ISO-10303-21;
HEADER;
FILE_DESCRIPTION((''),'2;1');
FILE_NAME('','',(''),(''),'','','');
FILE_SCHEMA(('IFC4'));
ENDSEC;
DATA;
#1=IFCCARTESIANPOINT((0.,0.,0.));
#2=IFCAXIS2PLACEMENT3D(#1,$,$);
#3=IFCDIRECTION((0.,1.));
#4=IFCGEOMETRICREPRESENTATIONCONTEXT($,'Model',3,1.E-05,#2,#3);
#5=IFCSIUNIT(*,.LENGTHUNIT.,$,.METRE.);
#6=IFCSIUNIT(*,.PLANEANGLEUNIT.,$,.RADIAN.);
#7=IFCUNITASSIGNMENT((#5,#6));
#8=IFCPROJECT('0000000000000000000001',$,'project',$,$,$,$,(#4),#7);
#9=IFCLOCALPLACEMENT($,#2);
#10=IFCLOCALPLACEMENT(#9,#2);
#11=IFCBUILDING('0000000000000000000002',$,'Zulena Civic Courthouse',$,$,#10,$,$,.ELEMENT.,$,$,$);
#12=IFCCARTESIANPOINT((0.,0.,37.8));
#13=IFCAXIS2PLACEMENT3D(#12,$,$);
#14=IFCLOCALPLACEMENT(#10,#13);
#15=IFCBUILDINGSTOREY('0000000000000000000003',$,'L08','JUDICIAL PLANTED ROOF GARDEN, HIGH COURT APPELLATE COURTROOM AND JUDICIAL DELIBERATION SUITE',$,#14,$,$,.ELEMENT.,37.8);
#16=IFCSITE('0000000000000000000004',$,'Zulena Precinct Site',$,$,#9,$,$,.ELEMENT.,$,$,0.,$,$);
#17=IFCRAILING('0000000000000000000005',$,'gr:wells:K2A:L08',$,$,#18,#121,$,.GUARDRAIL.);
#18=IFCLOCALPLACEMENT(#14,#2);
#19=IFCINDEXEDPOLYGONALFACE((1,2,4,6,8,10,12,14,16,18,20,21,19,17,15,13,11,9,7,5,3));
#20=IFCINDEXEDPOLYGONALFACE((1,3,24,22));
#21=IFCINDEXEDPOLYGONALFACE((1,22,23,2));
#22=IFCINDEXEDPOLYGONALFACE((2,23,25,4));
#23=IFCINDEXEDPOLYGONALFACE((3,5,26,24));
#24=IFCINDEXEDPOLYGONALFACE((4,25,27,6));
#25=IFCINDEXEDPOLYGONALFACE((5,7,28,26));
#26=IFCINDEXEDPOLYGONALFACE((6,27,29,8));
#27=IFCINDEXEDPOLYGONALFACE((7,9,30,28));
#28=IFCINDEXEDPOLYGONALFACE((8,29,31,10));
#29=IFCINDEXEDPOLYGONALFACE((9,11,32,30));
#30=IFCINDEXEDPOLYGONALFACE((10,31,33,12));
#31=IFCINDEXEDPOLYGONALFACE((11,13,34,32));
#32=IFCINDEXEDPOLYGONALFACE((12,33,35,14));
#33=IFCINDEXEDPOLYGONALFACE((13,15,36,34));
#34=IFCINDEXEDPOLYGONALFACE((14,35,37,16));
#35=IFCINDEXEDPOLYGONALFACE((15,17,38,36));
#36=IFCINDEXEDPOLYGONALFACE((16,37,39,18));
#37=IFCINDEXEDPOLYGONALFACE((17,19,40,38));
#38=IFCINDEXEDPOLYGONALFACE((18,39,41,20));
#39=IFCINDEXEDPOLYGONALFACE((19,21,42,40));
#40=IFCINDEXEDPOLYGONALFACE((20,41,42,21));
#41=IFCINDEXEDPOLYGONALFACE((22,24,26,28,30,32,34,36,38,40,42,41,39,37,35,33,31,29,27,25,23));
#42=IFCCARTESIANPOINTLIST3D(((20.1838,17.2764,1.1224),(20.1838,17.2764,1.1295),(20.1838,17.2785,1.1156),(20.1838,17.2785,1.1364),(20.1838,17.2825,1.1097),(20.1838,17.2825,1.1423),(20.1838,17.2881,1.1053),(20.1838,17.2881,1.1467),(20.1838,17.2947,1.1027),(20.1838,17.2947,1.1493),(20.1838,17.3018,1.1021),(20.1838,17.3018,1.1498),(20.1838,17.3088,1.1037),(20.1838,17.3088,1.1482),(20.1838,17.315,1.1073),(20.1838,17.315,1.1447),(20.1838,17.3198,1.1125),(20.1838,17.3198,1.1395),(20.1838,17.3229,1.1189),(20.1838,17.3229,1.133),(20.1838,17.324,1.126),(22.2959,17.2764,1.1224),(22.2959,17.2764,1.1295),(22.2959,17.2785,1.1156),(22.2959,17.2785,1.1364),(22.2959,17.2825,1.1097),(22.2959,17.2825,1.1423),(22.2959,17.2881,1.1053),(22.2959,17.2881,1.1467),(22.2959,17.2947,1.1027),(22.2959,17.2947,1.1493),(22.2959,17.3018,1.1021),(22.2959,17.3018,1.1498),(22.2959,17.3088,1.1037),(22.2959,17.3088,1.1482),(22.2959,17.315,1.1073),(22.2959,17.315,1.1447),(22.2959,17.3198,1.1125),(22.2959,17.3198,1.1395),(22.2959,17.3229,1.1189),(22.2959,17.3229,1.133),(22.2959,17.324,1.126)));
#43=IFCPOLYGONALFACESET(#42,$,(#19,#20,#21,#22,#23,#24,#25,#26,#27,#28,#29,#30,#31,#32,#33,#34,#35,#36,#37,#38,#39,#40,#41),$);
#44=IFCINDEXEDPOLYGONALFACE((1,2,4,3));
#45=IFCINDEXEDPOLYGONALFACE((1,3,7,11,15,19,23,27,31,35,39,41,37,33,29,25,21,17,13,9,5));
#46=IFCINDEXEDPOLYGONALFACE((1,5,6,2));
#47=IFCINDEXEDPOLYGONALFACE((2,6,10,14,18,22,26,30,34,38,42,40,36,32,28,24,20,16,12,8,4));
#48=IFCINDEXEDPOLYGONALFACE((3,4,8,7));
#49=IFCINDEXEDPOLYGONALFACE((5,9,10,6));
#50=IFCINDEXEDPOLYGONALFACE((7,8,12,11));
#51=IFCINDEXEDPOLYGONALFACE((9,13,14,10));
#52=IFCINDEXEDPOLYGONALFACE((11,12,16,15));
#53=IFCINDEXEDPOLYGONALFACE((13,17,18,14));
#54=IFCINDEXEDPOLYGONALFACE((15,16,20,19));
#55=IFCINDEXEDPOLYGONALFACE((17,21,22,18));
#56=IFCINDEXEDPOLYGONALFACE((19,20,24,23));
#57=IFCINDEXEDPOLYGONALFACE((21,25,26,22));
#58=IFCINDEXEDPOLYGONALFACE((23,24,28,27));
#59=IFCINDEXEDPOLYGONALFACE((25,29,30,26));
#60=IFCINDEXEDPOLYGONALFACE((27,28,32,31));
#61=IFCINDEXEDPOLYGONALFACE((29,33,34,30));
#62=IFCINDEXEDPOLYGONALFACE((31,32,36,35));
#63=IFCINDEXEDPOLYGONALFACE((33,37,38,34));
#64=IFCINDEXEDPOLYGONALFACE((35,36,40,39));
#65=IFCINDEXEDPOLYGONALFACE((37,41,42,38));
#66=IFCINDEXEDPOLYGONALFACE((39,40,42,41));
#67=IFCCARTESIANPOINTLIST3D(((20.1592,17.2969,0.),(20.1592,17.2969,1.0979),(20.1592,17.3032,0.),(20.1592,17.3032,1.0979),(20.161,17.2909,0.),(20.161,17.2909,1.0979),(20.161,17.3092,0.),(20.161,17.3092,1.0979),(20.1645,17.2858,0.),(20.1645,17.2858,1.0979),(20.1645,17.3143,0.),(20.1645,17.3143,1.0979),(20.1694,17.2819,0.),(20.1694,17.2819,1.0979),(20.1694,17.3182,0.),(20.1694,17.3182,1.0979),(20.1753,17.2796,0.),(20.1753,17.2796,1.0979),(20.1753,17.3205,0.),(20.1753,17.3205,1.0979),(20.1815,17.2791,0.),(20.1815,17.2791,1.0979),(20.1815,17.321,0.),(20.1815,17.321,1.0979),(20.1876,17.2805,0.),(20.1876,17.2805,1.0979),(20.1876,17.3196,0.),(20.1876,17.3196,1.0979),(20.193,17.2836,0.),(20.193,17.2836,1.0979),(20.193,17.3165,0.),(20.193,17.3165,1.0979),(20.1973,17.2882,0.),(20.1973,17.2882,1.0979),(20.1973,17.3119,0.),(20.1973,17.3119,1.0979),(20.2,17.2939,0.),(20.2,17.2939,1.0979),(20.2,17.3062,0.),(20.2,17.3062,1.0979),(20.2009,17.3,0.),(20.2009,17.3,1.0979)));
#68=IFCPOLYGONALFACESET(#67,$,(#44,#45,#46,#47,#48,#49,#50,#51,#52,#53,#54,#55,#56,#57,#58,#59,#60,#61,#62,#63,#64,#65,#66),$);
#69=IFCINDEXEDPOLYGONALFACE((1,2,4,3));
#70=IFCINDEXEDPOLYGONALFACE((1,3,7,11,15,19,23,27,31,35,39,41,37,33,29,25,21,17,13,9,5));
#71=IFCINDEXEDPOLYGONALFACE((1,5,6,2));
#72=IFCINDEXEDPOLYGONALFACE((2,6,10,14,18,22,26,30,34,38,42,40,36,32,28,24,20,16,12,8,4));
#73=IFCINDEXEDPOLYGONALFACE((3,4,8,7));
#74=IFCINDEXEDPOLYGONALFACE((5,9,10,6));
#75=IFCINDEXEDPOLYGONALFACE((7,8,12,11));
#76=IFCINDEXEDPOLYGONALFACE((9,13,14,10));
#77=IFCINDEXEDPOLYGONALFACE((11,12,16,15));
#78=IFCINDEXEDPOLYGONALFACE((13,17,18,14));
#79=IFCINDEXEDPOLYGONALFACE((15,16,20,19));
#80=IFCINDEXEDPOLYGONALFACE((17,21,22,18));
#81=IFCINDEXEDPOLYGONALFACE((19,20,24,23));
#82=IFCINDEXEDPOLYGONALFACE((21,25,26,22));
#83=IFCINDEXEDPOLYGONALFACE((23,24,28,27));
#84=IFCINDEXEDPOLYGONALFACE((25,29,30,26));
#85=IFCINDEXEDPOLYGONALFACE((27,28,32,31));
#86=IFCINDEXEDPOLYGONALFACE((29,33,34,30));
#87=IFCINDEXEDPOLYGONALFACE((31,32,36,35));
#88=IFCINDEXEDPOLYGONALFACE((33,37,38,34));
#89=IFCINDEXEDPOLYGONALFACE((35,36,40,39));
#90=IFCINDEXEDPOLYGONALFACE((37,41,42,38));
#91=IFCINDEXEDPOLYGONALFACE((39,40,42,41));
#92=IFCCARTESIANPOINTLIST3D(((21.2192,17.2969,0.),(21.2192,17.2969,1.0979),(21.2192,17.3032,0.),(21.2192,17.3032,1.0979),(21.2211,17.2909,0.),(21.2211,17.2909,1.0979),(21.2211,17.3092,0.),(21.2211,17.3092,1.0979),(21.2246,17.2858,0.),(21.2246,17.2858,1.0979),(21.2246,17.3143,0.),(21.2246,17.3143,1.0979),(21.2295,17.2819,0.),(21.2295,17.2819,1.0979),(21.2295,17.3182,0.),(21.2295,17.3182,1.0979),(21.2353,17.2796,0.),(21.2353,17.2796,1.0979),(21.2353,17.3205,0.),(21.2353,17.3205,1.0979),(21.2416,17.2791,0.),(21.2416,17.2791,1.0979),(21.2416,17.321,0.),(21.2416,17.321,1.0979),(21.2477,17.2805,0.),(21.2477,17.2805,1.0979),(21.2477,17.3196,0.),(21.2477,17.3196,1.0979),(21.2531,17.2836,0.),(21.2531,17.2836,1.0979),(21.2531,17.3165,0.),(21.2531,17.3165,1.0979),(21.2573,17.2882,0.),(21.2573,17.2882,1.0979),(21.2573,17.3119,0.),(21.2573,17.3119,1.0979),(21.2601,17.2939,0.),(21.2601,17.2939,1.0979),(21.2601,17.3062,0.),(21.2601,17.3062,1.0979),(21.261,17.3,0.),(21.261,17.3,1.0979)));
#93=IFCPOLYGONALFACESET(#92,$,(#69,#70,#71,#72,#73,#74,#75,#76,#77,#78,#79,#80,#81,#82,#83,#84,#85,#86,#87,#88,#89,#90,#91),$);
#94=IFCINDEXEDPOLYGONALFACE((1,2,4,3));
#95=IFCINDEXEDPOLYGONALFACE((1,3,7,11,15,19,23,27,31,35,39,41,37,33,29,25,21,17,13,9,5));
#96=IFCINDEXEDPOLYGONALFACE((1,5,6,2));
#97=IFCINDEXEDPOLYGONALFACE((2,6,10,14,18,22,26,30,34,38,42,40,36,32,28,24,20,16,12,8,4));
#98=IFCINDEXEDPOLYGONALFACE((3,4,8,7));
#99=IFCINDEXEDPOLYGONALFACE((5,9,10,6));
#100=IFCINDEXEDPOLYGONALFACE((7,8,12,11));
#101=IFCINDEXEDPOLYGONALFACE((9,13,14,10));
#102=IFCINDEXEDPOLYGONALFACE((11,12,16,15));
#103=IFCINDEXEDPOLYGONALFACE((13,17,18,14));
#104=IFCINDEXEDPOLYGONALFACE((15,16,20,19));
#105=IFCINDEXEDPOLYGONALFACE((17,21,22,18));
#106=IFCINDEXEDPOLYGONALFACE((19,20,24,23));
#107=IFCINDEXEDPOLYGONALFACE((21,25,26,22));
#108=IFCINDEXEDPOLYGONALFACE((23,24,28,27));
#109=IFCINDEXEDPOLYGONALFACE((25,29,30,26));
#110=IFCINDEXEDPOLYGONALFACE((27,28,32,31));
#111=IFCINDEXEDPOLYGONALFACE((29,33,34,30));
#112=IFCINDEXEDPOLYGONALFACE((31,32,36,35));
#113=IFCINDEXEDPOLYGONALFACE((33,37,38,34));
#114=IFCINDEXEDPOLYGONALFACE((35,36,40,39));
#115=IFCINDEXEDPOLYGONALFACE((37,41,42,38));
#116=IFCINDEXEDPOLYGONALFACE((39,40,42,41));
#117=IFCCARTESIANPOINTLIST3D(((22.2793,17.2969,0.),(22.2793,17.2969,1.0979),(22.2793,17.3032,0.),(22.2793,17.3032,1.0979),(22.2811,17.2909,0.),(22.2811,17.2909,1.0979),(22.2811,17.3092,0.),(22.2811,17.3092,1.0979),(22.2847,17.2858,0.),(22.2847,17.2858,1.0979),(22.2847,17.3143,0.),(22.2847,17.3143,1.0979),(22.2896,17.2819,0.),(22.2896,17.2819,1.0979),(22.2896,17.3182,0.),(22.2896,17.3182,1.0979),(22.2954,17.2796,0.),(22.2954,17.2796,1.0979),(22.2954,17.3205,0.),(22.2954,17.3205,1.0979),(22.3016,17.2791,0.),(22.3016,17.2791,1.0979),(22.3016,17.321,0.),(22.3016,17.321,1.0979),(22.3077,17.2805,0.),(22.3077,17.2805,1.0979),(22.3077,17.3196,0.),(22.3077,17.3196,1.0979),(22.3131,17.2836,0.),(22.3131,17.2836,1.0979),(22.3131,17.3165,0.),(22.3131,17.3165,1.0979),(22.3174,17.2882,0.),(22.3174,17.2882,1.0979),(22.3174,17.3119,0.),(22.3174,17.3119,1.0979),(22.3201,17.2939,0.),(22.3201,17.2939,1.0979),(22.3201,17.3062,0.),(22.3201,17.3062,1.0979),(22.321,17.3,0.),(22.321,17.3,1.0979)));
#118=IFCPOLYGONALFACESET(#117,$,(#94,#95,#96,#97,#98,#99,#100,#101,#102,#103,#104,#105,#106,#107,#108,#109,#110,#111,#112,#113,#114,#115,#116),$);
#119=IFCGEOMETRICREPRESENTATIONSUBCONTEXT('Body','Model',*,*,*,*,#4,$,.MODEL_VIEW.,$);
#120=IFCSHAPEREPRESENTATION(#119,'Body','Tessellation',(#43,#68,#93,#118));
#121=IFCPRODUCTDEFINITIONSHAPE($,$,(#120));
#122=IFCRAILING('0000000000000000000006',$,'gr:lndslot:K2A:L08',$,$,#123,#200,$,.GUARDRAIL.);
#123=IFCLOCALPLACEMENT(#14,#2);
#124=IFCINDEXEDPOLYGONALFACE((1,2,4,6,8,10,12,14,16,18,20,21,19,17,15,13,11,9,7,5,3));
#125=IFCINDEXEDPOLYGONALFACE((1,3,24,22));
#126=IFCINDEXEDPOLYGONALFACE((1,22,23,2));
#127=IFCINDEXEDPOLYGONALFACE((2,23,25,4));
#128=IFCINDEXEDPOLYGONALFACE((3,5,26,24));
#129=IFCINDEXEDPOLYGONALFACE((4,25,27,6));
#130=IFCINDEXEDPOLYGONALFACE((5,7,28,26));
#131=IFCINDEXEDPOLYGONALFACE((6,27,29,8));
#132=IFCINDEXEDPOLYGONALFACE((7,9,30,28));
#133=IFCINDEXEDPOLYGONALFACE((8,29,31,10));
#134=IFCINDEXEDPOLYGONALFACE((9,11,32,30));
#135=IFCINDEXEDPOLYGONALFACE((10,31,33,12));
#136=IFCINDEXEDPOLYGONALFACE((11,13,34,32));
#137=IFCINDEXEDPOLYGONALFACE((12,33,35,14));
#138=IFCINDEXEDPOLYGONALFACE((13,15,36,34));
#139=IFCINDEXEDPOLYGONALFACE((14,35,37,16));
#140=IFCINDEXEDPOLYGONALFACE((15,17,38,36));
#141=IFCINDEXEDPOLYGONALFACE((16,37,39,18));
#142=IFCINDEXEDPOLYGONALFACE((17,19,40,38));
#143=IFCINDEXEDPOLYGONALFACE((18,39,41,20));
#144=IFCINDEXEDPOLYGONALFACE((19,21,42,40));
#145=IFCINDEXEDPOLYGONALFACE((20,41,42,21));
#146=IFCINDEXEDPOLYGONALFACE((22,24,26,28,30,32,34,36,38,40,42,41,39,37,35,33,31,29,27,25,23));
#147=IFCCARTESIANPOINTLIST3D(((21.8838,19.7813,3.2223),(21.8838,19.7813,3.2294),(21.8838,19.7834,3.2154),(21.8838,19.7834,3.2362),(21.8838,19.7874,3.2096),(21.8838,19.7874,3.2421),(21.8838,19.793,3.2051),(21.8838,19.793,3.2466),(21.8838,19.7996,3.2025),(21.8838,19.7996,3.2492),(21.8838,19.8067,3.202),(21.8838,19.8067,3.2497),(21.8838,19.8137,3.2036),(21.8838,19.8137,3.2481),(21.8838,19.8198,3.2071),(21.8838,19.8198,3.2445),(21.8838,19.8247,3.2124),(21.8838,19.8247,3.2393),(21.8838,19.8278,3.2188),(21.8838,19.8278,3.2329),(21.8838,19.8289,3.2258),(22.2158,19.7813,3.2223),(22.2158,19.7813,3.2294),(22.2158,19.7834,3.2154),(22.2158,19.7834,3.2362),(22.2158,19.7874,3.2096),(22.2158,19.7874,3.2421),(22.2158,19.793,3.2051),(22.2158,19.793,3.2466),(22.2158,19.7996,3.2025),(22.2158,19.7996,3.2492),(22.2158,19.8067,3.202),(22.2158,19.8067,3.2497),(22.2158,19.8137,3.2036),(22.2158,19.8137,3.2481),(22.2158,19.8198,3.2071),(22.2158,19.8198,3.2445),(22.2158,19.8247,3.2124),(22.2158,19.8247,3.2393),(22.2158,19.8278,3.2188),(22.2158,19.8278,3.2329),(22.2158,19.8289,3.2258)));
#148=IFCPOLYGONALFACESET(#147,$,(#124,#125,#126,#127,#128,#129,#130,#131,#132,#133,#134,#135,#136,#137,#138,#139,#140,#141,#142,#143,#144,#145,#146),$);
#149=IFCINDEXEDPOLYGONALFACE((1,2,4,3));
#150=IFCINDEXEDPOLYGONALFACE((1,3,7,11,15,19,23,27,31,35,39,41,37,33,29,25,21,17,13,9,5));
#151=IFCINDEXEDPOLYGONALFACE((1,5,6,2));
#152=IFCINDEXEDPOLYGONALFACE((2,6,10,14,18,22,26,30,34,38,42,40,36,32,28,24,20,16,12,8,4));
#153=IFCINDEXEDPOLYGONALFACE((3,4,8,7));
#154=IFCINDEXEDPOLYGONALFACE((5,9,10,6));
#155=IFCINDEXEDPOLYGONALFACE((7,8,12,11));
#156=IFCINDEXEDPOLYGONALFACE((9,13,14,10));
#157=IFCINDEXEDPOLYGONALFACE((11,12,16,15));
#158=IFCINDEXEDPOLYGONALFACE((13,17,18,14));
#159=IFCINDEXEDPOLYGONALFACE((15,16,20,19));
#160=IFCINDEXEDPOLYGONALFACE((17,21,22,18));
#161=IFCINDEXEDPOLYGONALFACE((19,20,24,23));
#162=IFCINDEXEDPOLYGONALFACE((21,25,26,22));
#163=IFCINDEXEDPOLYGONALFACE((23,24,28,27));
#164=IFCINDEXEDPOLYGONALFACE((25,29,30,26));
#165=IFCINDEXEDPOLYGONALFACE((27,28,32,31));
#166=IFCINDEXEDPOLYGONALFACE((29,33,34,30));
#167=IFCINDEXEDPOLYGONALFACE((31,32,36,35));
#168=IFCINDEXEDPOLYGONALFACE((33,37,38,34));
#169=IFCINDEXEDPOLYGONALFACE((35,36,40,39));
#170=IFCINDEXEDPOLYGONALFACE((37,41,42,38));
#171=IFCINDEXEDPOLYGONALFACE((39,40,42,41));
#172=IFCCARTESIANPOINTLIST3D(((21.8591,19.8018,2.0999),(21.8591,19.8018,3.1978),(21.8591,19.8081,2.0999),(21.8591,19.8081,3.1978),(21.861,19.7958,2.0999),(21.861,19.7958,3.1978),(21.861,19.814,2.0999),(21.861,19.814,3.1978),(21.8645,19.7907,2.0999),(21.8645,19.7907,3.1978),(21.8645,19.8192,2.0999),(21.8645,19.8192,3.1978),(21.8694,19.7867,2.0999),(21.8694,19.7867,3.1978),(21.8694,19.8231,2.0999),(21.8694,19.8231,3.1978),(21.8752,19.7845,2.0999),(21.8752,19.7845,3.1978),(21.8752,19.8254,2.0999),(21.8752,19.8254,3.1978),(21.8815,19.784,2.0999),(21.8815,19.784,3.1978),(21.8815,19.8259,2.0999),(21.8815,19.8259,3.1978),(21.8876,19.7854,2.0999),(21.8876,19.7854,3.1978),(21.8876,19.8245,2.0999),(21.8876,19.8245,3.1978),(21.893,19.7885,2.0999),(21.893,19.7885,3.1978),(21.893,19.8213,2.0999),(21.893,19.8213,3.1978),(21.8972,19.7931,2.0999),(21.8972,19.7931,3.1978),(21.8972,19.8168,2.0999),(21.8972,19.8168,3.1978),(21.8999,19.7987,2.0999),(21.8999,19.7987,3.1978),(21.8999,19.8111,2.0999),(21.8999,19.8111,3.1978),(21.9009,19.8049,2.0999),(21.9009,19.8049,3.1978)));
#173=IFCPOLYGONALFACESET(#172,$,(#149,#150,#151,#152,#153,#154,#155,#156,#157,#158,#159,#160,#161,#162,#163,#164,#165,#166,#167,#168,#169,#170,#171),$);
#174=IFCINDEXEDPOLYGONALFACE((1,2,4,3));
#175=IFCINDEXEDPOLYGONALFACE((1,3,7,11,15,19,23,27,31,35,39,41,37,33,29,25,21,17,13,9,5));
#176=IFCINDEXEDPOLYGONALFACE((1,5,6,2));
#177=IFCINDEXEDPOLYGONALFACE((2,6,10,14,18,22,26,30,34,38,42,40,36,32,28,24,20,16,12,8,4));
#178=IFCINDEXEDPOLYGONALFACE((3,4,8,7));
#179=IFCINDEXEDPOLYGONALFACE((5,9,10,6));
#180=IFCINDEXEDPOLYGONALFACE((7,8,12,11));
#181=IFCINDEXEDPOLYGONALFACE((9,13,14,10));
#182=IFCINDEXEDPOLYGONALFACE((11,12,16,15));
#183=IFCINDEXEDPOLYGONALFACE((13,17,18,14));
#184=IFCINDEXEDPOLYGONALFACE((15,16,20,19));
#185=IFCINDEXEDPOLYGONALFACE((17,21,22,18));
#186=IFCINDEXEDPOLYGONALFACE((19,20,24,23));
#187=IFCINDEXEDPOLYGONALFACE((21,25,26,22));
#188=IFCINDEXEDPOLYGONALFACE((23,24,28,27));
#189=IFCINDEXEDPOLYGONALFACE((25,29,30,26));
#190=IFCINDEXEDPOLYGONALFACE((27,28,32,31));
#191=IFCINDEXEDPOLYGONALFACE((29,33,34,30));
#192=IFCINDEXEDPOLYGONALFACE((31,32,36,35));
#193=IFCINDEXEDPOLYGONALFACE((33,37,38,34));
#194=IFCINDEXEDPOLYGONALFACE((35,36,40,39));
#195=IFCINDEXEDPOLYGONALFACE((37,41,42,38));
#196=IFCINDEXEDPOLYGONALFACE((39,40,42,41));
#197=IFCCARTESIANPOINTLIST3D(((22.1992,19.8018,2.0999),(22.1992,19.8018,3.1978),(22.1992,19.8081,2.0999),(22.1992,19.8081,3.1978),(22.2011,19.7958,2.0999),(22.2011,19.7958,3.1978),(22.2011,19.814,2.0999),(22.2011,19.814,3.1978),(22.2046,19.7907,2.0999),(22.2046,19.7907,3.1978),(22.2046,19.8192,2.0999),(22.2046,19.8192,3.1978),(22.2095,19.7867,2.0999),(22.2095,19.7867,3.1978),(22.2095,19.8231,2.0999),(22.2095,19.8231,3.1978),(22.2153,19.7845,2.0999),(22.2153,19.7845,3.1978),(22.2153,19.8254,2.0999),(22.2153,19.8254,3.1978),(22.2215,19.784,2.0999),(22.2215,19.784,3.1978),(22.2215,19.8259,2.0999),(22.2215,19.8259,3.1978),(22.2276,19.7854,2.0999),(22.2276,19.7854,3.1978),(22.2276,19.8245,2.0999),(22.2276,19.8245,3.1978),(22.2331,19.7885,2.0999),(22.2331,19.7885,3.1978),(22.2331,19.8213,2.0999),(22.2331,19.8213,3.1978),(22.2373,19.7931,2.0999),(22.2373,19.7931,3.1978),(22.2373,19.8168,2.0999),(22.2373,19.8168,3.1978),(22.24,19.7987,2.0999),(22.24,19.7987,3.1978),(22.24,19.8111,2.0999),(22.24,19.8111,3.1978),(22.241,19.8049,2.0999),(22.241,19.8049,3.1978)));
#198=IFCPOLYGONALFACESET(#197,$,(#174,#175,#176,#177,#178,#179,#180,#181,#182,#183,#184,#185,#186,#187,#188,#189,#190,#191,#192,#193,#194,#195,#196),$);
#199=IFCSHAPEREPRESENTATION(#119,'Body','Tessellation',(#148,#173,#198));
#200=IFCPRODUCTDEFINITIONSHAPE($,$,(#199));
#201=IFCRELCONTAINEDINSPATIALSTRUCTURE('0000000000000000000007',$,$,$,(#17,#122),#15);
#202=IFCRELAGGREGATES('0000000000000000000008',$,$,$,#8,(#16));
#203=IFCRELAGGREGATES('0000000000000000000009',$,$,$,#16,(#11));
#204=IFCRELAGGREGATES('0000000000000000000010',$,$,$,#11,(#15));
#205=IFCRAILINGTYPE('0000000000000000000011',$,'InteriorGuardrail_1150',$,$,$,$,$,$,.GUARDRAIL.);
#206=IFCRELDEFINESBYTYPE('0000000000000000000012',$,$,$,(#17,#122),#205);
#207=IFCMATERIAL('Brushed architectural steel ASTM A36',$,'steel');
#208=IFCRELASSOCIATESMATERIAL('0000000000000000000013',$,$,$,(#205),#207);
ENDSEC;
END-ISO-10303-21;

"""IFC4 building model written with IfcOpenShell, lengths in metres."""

from ifc_helpers import new_model, si_unit, direction, frame, origin, origin_2d, place, context, subcontext, project, spatial, circle, extrude, material, type_object, element, save


model = new_model("IFC4")

# Units and contexts
model_context = context("Model", 3, precision=1e-05, world=origin(), true_north=direction((0.0, 1.0)))
body_context = subcontext(model_context, "Body", "Model", "MODEL_VIEW")
ifc_project = project(units=[si_unit("LENGTHUNIT", "METRE"), si_unit("PLANEANGLEUNIT", "RADIAN")], contexts=[model_context])

# Site, building, storey
site_placement = place(None, origin())
site = spatial("IfcSite", under=ifc_project, at=site_placement, Name="Zulena Precinct Site", CompositionType="ELEMENT", RefElevation=0.0)
building_placement = place(site_placement, origin())
building = spatial("IfcBuilding", under=site, at=building_placement, Name="Zulena Civic Courthouse", CompositionType="ELEMENT")
storey_placement = place(building_placement, frame((0.0, 0.0, 37.8)))
storey = spatial("IfcBuildingStorey", under=building, at=storey_placement, Name="L08", Description="JUDICIAL PLANTED ROOF GARDEN, HIGH COURT APPELLATE COURTROOM AND JUDICIAL DELIBERATION SUITE", CompositionType="ELEMENT", Elevation=37.8)

# Railings
ifc_material_1 = material(Name="Brushed architectural steel ASTM A36", Category="steel")
railing_type_1 = type_object("IfcRailingType", Name="InteriorGuardrail_1150", PredefinedType="GUARDRAIL", material=ifc_material_1)
railing_1_placement = place(storey_placement, frame((20.1799, 17.3, 0.0)))
element("IfcRailing", 1, at=railing_1_placement, inside=storey, type_object=railing_type_1, Name="gr:wells:K2A:L08", PredefinedType="GUARDRAIL", context=body_context, shape_type="SweptSolid", body=[
    extrude(circle(Radius=0.0239, at=origin_2d()), frame((0.0039, 0.0, 1.126), z_axis=(1.0, 0.0, 0.0), x_axis=(0.0, 1.0, 0.0)), (0.0, 0.0, 1.0), 2.1121),
    extrude(circle(Radius=0.021, at=origin_2d()), origin(), (0.0, 0.0, 1.0), 1.0979),
    extrude(circle(Radius=0.021, at=origin_2d()), frame((1.0601, 0.0, 0.0)), (0.0, 0.0, 1.0), 1.0979),
    extrude(circle(Radius=0.021, at=origin_2d()), frame((2.1201, 0.0, 0.0)), (0.0, 0.0, 1.0), 1.0979),
])
railing_2_placement = place(storey_placement, frame((21.8799, 19.8049, 2.0999)))
element("IfcRailing", 2, at=railing_2_placement, inside=storey, type_object=railing_type_1, Name="gr:lndslot:K2A:L08", PredefinedType="GUARDRAIL", context=body_context, shape_type="SweptSolid", body=[
    extrude(circle(Radius=0.0239, at=origin_2d()), frame((0.0039, 0.0, 1.126), z_axis=(1.0, 0.0, 0.0), x_axis=(0.0, 1.0, 0.0)), (0.0, 0.0, 1.0), 0.332),
    extrude(circle(Radius=0.021, at=origin_2d()), origin(), (0.0, 0.0, 1.0), 1.0979),
    extrude(circle(Radius=0.021, at=origin_2d()), frame((0.3401, 0.0, 0.0)), (0.0, 0.0, 1.0), 1.0979),
])

save(model, "model.ifc")
